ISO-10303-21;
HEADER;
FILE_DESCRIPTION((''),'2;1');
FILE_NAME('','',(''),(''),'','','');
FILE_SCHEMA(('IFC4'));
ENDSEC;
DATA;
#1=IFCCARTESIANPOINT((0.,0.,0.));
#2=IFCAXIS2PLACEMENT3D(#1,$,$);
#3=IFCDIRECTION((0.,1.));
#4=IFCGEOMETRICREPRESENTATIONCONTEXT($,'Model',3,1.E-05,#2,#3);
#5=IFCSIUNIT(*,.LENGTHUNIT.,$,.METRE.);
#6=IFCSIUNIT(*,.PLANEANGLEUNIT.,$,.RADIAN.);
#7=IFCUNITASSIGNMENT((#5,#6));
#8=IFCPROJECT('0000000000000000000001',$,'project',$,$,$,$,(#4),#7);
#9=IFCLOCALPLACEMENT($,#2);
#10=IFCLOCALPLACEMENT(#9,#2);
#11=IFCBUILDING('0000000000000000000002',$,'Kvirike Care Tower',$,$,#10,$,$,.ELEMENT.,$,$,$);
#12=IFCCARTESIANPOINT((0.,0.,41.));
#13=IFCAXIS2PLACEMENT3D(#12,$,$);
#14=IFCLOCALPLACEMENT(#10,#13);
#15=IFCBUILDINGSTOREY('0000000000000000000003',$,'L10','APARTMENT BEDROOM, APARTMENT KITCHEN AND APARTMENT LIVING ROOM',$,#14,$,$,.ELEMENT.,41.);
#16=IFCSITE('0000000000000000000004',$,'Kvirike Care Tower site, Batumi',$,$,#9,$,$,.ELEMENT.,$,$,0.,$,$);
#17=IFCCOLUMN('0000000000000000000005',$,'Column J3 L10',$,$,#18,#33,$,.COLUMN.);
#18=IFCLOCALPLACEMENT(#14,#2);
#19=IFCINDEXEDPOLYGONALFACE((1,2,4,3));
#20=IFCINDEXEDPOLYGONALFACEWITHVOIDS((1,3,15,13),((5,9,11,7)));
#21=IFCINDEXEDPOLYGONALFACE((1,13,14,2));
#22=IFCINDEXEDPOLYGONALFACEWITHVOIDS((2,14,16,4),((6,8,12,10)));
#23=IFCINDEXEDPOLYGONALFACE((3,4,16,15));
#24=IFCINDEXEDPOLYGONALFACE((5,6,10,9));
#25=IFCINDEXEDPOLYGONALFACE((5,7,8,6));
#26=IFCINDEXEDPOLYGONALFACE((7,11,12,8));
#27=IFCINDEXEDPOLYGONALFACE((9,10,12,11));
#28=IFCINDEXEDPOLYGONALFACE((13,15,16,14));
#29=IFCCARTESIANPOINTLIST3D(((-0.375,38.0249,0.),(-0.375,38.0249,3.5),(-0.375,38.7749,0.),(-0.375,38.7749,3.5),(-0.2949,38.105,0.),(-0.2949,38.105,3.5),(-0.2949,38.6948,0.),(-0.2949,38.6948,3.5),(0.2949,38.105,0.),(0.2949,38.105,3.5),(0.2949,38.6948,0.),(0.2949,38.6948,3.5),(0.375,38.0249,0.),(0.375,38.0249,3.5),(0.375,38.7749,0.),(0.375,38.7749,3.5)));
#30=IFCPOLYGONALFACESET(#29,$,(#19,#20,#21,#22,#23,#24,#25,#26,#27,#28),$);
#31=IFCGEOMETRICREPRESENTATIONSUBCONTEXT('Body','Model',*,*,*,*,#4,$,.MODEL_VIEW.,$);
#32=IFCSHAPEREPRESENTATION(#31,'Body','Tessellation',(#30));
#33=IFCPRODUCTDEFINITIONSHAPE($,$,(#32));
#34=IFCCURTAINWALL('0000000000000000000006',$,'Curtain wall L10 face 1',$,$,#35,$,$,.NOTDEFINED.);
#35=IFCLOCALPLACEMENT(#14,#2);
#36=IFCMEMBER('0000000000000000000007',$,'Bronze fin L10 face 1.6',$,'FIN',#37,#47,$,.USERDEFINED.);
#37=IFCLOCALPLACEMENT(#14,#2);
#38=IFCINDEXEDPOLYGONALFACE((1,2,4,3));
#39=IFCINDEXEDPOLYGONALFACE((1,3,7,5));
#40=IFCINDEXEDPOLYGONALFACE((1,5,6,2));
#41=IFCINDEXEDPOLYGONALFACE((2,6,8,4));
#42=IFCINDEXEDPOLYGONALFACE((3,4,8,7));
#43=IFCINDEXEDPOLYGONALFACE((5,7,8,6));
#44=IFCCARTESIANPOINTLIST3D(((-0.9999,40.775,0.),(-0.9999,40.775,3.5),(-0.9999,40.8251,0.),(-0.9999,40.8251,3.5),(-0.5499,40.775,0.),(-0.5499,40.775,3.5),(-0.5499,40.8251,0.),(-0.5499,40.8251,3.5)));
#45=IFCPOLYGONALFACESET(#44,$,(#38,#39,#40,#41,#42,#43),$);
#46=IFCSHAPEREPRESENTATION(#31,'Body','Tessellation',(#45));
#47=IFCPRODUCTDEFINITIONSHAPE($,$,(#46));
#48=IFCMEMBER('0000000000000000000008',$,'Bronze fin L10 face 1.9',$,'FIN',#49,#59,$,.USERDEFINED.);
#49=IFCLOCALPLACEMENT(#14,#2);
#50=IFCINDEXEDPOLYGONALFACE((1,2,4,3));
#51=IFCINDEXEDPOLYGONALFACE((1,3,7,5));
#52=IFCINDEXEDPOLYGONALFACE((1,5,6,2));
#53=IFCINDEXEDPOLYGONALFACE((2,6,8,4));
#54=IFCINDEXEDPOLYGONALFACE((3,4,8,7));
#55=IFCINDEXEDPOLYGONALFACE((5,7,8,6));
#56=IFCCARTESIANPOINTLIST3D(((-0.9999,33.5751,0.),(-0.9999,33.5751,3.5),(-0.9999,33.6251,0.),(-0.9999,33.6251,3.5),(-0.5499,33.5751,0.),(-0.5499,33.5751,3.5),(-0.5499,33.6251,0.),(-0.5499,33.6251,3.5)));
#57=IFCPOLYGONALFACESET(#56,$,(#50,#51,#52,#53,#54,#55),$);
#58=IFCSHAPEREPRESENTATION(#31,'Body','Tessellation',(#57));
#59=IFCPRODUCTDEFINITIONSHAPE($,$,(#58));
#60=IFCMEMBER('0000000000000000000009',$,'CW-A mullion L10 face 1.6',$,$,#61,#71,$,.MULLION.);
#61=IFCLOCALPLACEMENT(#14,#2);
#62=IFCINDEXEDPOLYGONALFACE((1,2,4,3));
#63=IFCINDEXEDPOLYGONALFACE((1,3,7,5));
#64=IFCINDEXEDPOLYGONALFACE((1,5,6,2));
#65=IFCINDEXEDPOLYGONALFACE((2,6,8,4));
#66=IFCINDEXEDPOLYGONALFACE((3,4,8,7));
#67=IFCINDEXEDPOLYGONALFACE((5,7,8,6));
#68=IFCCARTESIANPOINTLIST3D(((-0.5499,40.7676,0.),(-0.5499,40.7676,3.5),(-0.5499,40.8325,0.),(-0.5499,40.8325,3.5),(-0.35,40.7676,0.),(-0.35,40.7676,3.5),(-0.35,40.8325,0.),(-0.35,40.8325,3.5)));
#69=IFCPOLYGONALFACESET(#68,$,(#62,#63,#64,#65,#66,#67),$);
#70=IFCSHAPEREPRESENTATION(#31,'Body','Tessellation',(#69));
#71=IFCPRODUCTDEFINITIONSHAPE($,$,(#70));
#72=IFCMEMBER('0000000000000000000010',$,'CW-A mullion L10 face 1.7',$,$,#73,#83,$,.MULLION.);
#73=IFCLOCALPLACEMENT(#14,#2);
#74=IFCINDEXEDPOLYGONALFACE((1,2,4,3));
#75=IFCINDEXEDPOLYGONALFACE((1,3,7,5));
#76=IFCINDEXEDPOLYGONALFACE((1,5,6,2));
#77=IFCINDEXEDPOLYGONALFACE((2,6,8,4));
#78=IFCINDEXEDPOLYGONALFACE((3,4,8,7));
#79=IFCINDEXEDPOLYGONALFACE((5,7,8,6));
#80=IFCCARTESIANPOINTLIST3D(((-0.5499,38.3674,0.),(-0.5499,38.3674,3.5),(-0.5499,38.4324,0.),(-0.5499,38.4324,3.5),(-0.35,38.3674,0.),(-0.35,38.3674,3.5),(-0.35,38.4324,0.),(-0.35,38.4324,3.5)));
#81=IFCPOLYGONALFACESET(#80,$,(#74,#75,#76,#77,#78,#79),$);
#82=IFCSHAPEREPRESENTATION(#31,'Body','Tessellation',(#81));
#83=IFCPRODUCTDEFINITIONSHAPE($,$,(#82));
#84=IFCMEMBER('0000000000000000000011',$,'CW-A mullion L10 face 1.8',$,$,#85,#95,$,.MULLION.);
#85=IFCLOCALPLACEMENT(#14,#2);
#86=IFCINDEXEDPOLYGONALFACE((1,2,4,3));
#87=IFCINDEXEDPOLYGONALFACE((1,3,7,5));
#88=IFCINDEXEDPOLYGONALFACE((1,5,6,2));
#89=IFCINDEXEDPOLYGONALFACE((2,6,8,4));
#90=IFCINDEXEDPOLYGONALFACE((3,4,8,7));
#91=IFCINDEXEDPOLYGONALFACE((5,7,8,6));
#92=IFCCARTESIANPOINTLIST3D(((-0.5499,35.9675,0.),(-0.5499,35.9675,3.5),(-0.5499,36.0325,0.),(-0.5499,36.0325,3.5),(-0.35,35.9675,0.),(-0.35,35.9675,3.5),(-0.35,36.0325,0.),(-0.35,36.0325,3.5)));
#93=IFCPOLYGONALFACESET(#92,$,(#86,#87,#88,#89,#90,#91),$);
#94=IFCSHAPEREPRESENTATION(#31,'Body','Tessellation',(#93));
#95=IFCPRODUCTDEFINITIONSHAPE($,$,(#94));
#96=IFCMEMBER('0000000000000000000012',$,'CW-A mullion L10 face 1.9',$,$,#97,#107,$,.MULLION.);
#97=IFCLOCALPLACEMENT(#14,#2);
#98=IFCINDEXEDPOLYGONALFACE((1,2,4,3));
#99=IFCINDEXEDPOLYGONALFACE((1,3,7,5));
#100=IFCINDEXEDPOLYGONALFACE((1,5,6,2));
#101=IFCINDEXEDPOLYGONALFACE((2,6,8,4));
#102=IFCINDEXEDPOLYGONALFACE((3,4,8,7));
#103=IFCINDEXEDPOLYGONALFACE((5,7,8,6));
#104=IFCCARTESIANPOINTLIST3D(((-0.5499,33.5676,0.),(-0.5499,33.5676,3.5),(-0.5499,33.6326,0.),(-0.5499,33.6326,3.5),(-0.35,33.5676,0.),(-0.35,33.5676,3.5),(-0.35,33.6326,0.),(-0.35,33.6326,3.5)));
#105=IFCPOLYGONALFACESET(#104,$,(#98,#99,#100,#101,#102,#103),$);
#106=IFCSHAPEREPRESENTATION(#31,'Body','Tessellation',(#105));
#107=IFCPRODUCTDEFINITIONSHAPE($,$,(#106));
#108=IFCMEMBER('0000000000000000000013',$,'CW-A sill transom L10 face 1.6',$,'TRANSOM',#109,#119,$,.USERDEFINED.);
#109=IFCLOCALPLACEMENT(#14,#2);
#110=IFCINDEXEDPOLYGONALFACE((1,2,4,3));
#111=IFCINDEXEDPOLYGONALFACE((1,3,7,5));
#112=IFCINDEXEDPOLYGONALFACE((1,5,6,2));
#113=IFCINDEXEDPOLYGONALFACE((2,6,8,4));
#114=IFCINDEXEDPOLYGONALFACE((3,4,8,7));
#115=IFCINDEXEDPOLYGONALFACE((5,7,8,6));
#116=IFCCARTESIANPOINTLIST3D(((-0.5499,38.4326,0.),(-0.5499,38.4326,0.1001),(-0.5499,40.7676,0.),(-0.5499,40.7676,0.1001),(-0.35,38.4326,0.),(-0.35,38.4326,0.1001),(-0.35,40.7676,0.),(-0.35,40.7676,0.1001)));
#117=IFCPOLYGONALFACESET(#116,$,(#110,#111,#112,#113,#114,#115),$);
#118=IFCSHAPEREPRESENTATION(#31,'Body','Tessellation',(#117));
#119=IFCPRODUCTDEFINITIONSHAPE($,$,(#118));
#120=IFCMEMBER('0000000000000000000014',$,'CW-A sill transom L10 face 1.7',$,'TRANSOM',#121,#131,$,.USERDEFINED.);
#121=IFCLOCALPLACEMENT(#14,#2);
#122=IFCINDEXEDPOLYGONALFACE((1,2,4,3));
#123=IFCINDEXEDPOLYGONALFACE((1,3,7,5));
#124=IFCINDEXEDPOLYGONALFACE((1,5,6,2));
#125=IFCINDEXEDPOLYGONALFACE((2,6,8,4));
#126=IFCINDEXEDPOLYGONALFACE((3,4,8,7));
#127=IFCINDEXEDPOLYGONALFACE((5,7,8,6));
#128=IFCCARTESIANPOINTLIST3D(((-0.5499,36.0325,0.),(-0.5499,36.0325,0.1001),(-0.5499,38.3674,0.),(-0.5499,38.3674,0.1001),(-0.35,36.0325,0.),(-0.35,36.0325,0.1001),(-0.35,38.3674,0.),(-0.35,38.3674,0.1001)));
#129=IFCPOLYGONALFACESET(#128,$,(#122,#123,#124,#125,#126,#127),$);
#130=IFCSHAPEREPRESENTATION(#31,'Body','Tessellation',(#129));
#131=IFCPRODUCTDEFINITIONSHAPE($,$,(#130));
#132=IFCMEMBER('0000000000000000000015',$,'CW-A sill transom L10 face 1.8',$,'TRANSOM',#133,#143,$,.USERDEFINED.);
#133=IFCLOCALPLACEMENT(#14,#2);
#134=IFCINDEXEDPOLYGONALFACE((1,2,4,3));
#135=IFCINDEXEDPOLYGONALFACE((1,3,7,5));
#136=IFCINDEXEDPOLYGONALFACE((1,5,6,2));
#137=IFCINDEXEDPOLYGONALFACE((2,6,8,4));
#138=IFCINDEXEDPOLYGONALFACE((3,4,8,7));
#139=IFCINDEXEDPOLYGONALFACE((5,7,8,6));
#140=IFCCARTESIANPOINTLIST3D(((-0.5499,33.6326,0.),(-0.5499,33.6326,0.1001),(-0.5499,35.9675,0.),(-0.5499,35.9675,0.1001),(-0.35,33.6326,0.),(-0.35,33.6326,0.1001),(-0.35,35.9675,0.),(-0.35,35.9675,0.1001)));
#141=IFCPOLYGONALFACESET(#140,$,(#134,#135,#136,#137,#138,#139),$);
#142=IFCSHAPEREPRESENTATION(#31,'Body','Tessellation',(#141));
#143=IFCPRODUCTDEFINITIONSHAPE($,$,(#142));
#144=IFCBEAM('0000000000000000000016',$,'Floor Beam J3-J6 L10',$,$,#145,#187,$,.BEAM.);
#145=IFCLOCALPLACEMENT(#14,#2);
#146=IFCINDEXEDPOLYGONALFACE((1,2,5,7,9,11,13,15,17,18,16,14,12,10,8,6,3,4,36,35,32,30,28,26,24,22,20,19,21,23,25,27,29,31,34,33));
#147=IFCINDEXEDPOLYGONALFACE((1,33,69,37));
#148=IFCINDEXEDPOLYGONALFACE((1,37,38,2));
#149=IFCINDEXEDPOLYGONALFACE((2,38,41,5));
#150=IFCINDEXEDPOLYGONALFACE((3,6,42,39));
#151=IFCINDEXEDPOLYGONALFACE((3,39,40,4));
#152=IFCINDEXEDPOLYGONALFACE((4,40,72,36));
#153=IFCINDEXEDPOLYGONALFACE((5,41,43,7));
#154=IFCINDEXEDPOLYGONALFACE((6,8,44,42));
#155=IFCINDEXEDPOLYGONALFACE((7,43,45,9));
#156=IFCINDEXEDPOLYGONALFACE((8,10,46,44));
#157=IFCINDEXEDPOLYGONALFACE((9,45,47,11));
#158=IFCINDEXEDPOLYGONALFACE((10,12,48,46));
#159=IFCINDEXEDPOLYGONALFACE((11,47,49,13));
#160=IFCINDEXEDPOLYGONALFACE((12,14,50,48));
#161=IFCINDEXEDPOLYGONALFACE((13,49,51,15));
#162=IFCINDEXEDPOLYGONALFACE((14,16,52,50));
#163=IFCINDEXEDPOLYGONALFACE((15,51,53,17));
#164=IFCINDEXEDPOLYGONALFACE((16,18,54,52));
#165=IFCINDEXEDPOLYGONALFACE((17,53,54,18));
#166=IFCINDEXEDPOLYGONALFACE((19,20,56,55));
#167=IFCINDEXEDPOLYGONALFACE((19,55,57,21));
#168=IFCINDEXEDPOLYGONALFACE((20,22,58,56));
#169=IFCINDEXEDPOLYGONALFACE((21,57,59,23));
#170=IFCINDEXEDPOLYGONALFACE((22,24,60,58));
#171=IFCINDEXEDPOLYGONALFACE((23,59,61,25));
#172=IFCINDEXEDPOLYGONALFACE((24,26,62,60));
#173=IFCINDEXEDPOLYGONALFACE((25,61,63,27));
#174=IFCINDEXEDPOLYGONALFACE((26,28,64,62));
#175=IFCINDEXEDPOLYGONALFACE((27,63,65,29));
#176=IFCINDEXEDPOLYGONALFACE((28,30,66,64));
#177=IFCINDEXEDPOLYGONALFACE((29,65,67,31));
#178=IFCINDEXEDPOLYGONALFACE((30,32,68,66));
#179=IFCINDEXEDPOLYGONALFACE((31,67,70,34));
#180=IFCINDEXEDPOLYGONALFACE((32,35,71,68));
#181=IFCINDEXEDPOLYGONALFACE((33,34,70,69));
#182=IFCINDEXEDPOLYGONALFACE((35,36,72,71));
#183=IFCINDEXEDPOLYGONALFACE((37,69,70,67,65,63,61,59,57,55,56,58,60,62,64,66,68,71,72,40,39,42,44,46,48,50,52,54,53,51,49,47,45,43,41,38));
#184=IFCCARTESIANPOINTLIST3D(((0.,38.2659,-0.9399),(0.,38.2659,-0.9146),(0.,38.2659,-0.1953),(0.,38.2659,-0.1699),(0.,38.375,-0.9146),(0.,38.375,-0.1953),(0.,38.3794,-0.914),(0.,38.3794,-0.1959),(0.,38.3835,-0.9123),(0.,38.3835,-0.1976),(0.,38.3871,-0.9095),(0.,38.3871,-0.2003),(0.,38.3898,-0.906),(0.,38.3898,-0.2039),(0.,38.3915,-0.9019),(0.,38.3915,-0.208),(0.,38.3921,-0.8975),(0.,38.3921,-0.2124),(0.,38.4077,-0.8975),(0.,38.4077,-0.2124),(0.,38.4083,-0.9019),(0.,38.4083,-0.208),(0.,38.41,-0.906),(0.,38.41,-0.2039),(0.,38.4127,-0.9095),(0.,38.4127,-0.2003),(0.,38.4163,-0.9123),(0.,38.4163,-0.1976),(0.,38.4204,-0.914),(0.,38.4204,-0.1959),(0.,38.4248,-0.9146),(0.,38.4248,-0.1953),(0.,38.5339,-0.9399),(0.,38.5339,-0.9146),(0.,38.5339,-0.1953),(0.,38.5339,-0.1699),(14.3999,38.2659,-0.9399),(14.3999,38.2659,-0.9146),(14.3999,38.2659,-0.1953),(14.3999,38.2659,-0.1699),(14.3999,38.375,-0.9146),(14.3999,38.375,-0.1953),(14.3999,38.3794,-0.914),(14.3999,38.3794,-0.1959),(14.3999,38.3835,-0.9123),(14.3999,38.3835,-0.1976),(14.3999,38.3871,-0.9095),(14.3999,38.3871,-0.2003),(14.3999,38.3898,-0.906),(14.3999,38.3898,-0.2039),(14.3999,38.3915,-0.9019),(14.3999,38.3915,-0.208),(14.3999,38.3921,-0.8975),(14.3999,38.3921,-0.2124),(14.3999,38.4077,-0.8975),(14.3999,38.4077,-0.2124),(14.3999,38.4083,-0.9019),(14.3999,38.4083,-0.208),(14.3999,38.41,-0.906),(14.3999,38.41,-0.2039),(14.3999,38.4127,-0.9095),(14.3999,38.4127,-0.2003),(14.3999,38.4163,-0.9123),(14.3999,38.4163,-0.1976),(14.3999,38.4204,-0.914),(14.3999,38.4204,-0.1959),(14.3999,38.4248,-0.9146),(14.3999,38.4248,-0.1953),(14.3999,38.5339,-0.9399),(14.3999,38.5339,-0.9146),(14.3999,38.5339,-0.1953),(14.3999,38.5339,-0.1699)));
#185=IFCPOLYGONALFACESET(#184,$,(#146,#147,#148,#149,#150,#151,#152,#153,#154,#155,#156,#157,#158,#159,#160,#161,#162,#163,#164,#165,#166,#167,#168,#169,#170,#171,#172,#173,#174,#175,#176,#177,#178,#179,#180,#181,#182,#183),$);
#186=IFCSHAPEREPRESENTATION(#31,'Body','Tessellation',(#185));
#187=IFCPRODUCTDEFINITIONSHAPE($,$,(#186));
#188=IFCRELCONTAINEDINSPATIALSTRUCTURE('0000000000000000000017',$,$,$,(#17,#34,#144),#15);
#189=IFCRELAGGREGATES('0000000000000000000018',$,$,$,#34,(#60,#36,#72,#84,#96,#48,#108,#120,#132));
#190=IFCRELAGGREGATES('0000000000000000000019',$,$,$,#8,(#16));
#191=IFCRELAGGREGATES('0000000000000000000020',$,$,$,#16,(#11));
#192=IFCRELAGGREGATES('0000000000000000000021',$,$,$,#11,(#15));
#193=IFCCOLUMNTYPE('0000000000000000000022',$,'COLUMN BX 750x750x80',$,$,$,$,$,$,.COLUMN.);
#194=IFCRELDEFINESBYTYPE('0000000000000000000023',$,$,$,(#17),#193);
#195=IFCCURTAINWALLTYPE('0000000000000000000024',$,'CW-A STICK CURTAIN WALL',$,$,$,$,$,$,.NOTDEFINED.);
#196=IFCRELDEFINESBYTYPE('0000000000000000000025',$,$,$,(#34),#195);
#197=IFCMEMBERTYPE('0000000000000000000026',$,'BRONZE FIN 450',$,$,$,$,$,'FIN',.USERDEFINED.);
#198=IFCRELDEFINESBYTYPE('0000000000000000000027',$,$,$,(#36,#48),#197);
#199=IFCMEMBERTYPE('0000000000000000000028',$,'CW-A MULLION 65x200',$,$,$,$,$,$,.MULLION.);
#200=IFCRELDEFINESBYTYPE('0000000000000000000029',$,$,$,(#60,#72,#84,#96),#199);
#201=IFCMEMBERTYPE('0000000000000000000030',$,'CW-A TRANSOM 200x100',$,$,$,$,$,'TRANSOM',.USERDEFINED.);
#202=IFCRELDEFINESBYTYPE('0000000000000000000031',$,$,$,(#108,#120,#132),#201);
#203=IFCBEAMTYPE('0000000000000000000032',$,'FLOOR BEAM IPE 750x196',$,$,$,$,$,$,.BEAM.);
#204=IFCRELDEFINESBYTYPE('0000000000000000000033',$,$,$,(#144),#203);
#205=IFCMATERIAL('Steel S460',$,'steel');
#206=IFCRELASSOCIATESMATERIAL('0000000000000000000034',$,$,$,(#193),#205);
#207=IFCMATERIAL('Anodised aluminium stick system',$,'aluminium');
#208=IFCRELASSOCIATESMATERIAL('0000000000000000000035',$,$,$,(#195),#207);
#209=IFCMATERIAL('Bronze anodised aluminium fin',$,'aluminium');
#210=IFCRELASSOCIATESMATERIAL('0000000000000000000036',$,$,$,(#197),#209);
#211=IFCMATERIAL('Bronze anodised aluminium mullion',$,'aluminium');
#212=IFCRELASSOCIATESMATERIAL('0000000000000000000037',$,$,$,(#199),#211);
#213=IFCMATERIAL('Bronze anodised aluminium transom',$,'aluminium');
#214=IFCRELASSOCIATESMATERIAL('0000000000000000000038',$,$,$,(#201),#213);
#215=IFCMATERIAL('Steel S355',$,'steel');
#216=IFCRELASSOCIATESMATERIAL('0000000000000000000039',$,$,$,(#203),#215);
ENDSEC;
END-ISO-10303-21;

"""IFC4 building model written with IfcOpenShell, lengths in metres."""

from ifc_helpers import new_model, si_unit, direction, frame, origin, origin_2d, place, context, subcontext, project, spatial, rectangle, hollow_rectangle, i_section, extrude, material, material_profile, profile_set, type_object, element, aggregate, save


model = new_model("IFC4")

# Units and contexts
model_context = context("Model", 3, precision=1e-05, world=origin(), true_north=direction((0.0, 1.0)))
body_context = subcontext(model_context, "Body", "Model", "MODEL_VIEW")
ifc_project = project(units=[si_unit("LENGTHUNIT", "METRE"), si_unit("PLANEANGLEUNIT", "RADIAN")], contexts=[model_context])

# Site, building, storey
site_placement = place(None, origin())
site = spatial("IfcSite", under=ifc_project, at=site_placement, Name="Kvirike Care Tower site, Batumi", CompositionType="ELEMENT", RefElevation=0.0)
building_placement = place(site_placement, origin())
building = spatial("IfcBuilding", under=site, at=building_placement, Name="Kvirike Care Tower", CompositionType="ELEMENT")
storey_placement = place(building_placement, frame((0.0, 0.0, 41.0)))
storey = spatial("IfcBuildingStorey", under=building, at=storey_placement, Name="L10", Description="APARTMENT BEDROOM, APARTMENT KITCHEN AND APARTMENT LIVING ROOM", CompositionType="ELEMENT", Elevation=41.0)

# Column
ifc_material_1 = material(Name="Steel S460", Category="steel")
ifc_material_profile_1 = material_profile(ifc_material_1, hollow_rectangle(XDim=0.75, YDim=0.75, WallThickness=0.0801, at=origin_2d()), Name="BX 750x750x80")
ifc_profile_set_1 = profile_set([ifc_material_profile_1], Name="Steel S460")
column_type = type_object("IfcColumnType", Name="COLUMN BX 750x750x80", PredefinedType="COLUMN", material=ifc_profile_set_1)
column_placement = place(storey_placement, frame((0.0, 38.3999, 0.0), z_axis=(0.0, 0.0, 1.0), x_axis=(1.0, 0.0, 0.0)))
element("IfcColumn", 1, at=column_placement, inside=storey, type_object=column_type, Name="Column J3 L10", PredefinedType="COLUMN", context=body_context, shape_type="SweptSolid", body=[
    extrude(hollow_rectangle(XDim=0.75, YDim=0.75, WallThickness=0.0801, at=origin_2d()), origin(), (0.0, 0.0, 1.0), 3.5),
])

# Curtain wall, members
ifc_material_2 = material(Name="Anodised aluminium stick system", Category="aluminium")
curtain_wall_type = type_object("IfcCurtainWallType", Name="CW-A STICK CURTAIN WALL", PredefinedType="NOTDEFINED", material=ifc_material_2)
curtain_wall_placement = place(storey_placement, origin())
curtain_wall = element("IfcCurtainWall", 2, at=curtain_wall_placement, inside=storey, type_object=curtain_wall_type, Name="Curtain wall L10 face 1", PredefinedType="NOTDEFINED")
ifc_material_3 = material(Name="Bronze anodised aluminium fin", Category="aluminium")
ifc_material_profile_2 = material_profile(ifc_material_3, rectangle(XDim=0.05, YDim=0.45, at=origin_2d()), Name="BRONZE FIN 450")
ifc_profile_set_2 = profile_set([ifc_material_profile_2], Name="Bronze anodised aluminium fin")
member_type_1 = type_object("IfcMemberType", Name="BRONZE FIN 450", ElementType="FIN", PredefinedType="USERDEFINED", material=ifc_profile_set_2)
member_1_placement = place(storey_placement, frame((-0.7749, 40.8, 0.0), z_axis=(0.0, 0.0, 1.0), x_axis=(0.0, -1.0, 0.0)))
member_1 = element("IfcMember", 3, at=member_1_placement, type_object=member_type_1, Name="Bronze fin L10 face 1.6", ObjectType="FIN", PredefinedType="USERDEFINED", context=body_context, shape_type="SweptSolid", body=[
    extrude(rectangle(XDim=0.05, YDim=0.45, at=origin_2d()), origin(), (0.0, 0.0, 1.0), 3.5),
])
member_2_placement = place(storey_placement, frame((-0.7749, 33.6001, 0.0), z_axis=(0.0, 0.0, 1.0), x_axis=(0.0, -1.0, 0.0)))
member_2 = element("IfcMember", 4, at=member_2_placement, type_object=member_type_1, Name="Bronze fin L10 face 1.9", ObjectType="FIN", PredefinedType="USERDEFINED", context=body_context, shape_type="SweptSolid", body=[
    extrude(rectangle(XDim=0.05, YDim=0.45, at=origin_2d()), origin(), (0.0, 0.0, 1.0), 3.5),
])
ifc_material_4 = material(Name="Bronze anodised aluminium mullion", Category="aluminium")
ifc_material_profile_3 = material_profile(ifc_material_4, rectangle(XDim=0.0649, YDim=0.2, at=origin_2d()), Name="CW-A MULLION 65x200")
ifc_profile_set_3 = profile_set([ifc_material_profile_3], Name="Bronze anodised aluminium mullion")
member_type_2 = type_object("IfcMemberType", Name="CW-A MULLION 65x200", PredefinedType="MULLION", material=ifc_profile_set_3)
member_3_placement = place(storey_placement, frame((-0.45, 40.8, 0.0), z_axis=(0.0, 0.0, 1.0), x_axis=(0.0, -1.0, 0.0)))
member_3 = element("IfcMember", 5, at=member_3_placement, type_object=member_type_2, Name="CW-A mullion L10 face 1.6", PredefinedType="MULLION", context=body_context, shape_type="SweptSolid", body=[
    extrude(rectangle(XDim=0.0649, YDim=0.2, at=origin_2d()), origin(), (0.0, 0.0, 1.0), 3.5),
])
member_4_placement = place(storey_placement, frame((-0.45, 38.3999, 0.0), z_axis=(0.0, 0.0, 1.0), x_axis=(0.0, -1.0, 0.0)))
member_4 = element("IfcMember", 6, at=member_4_placement, type_object=member_type_2, Name="CW-A mullion L10 face 1.7", PredefinedType="MULLION", context=body_context, shape_type="SweptSolid", body=[
    extrude(rectangle(XDim=0.0649, YDim=0.2, at=origin_2d()), origin(), (0.0, 0.0, 1.0), 3.5),
])
member_5_placement = place(storey_placement, frame((-0.45, 36.0, 0.0), z_axis=(0.0, 0.0, 1.0), x_axis=(0.0, -1.0, 0.0)))
member_5 = element("IfcMember", 7, at=member_5_placement, type_object=member_type_2, Name="CW-A mullion L10 face 1.8", PredefinedType="MULLION", context=body_context, shape_type="SweptSolid", body=[
    extrude(rectangle(XDim=0.0649, YDim=0.2, at=origin_2d()), origin(), (0.0, 0.0, 1.0), 3.5),
])
member_6_placement = place(storey_placement, frame((-0.45, 33.6001, 0.0), z_axis=(0.0, 0.0, 1.0), x_axis=(0.0, -1.0, 0.0)))
member_6 = element("IfcMember", 8, at=member_6_placement, type_object=member_type_2, Name="CW-A mullion L10 face 1.9", PredefinedType="MULLION", context=body_context, shape_type="SweptSolid", body=[
    extrude(rectangle(XDim=0.0649, YDim=0.2, at=origin_2d()), origin(), (0.0, 0.0, 1.0), 3.5),
])
ifc_material_5 = material(Name="Bronze anodised aluminium transom", Category="aluminium")
ifc_material_profile_4 = material_profile(ifc_material_5, rectangle(XDim=0.2, YDim=0.1001, at=origin_2d()), Name="CW-A TRANSOM 200x100")
ifc_profile_set_4 = profile_set([ifc_material_profile_4], Name="Bronze anodised aluminium transom")
member_type_3 = type_object("IfcMemberType", Name="CW-A TRANSOM 200x100", ElementType="TRANSOM", PredefinedType="USERDEFINED", material=ifc_profile_set_4)
member_7_placement = place(storey_placement, frame((-0.45, 40.7676, 0.05), z_axis=(0.0, -1.0, 0.0), x_axis=(1.0, 0.0, 0.0)))
member_7 = element("IfcMember", 9, at=member_7_placement, type_object=member_type_3, Name="CW-A sill transom L10 face 1.6", ObjectType="TRANSOM", PredefinedType="USERDEFINED", context=body_context, shape_type="SweptSolid", body=[
    extrude(rectangle(XDim=0.2, YDim=0.1001, at=origin_2d()), origin(), (0.0, 0.0, 1.0), 2.335),
])
member_8_placement = place(storey_placement, frame((-0.45, 38.3674, 0.05), z_axis=(0.0, -1.0, 0.0), x_axis=(1.0, 0.0, 0.0)))
member_8 = element("IfcMember", 10, at=member_8_placement, type_object=member_type_3, Name="CW-A sill transom L10 face 1.7", ObjectType="TRANSOM", PredefinedType="USERDEFINED", context=body_context, shape_type="SweptSolid", body=[
    extrude(rectangle(XDim=0.2, YDim=0.1001, at=origin_2d()), origin(), (0.0, 0.0, 1.0), 2.335),
])
member_9_placement = place(storey_placement, frame((-0.45, 35.9675, 0.05), z_axis=(0.0, -1.0, 0.0), x_axis=(1.0, 0.0, 0.0)))
member_9 = element("IfcMember", 11, at=member_9_placement, type_object=member_type_3, Name="CW-A sill transom L10 face 1.8", ObjectType="TRANSOM", PredefinedType="USERDEFINED", context=body_context, shape_type="SweptSolid", body=[
    extrude(rectangle(XDim=0.2, YDim=0.1001, at=origin_2d()), origin(), (0.0, 0.0, 1.0), 2.335),
])

# Beam
ifc_material_6 = material(Name="Steel S355", Category="steel")
ifc_material_profile_5 = material_profile(ifc_material_6, i_section(OverallWidth=0.2681, OverallDepth=0.77, WebThickness=0.0156, FlangeThickness=0.0254, FilletRadius=0.0171, at=origin_2d()), Name="IPE 750x196")
ifc_profile_set_5 = profile_set([ifc_material_profile_5], Name="Steel S355")
beam_type_1 = type_object("IfcBeamType", Name="FLOOR BEAM IPE 750x196", PredefinedType="BEAM", material=ifc_profile_set_5)
beam_1_placement = place(storey_placement, frame((0.0, 38.3999, -0.5549), z_axis=(1.0, 0.0, 0.0), x_axis=(0.0, 1.0, 0.0)))
element("IfcBeam", 12, at=beam_1_placement, inside=storey, type_object=beam_type_1, Name="Floor Beam J3-J6 L10", PredefinedType="BEAM", context=body_context, shape_type="SweptSolid", body=[
    extrude(i_section(OverallWidth=0.2681, OverallDepth=0.77, WebThickness=0.0156, FlangeThickness=0.0254, FilletRadius=0.0171, at=origin_2d()), origin(), (0.0, 0.0, 1.0), 14.3999),
])

aggregate(curtain_wall, [member_3, member_1, member_4, member_5, member_6, member_2, member_7, member_8, member_9])

save(model, "model.ifc")
